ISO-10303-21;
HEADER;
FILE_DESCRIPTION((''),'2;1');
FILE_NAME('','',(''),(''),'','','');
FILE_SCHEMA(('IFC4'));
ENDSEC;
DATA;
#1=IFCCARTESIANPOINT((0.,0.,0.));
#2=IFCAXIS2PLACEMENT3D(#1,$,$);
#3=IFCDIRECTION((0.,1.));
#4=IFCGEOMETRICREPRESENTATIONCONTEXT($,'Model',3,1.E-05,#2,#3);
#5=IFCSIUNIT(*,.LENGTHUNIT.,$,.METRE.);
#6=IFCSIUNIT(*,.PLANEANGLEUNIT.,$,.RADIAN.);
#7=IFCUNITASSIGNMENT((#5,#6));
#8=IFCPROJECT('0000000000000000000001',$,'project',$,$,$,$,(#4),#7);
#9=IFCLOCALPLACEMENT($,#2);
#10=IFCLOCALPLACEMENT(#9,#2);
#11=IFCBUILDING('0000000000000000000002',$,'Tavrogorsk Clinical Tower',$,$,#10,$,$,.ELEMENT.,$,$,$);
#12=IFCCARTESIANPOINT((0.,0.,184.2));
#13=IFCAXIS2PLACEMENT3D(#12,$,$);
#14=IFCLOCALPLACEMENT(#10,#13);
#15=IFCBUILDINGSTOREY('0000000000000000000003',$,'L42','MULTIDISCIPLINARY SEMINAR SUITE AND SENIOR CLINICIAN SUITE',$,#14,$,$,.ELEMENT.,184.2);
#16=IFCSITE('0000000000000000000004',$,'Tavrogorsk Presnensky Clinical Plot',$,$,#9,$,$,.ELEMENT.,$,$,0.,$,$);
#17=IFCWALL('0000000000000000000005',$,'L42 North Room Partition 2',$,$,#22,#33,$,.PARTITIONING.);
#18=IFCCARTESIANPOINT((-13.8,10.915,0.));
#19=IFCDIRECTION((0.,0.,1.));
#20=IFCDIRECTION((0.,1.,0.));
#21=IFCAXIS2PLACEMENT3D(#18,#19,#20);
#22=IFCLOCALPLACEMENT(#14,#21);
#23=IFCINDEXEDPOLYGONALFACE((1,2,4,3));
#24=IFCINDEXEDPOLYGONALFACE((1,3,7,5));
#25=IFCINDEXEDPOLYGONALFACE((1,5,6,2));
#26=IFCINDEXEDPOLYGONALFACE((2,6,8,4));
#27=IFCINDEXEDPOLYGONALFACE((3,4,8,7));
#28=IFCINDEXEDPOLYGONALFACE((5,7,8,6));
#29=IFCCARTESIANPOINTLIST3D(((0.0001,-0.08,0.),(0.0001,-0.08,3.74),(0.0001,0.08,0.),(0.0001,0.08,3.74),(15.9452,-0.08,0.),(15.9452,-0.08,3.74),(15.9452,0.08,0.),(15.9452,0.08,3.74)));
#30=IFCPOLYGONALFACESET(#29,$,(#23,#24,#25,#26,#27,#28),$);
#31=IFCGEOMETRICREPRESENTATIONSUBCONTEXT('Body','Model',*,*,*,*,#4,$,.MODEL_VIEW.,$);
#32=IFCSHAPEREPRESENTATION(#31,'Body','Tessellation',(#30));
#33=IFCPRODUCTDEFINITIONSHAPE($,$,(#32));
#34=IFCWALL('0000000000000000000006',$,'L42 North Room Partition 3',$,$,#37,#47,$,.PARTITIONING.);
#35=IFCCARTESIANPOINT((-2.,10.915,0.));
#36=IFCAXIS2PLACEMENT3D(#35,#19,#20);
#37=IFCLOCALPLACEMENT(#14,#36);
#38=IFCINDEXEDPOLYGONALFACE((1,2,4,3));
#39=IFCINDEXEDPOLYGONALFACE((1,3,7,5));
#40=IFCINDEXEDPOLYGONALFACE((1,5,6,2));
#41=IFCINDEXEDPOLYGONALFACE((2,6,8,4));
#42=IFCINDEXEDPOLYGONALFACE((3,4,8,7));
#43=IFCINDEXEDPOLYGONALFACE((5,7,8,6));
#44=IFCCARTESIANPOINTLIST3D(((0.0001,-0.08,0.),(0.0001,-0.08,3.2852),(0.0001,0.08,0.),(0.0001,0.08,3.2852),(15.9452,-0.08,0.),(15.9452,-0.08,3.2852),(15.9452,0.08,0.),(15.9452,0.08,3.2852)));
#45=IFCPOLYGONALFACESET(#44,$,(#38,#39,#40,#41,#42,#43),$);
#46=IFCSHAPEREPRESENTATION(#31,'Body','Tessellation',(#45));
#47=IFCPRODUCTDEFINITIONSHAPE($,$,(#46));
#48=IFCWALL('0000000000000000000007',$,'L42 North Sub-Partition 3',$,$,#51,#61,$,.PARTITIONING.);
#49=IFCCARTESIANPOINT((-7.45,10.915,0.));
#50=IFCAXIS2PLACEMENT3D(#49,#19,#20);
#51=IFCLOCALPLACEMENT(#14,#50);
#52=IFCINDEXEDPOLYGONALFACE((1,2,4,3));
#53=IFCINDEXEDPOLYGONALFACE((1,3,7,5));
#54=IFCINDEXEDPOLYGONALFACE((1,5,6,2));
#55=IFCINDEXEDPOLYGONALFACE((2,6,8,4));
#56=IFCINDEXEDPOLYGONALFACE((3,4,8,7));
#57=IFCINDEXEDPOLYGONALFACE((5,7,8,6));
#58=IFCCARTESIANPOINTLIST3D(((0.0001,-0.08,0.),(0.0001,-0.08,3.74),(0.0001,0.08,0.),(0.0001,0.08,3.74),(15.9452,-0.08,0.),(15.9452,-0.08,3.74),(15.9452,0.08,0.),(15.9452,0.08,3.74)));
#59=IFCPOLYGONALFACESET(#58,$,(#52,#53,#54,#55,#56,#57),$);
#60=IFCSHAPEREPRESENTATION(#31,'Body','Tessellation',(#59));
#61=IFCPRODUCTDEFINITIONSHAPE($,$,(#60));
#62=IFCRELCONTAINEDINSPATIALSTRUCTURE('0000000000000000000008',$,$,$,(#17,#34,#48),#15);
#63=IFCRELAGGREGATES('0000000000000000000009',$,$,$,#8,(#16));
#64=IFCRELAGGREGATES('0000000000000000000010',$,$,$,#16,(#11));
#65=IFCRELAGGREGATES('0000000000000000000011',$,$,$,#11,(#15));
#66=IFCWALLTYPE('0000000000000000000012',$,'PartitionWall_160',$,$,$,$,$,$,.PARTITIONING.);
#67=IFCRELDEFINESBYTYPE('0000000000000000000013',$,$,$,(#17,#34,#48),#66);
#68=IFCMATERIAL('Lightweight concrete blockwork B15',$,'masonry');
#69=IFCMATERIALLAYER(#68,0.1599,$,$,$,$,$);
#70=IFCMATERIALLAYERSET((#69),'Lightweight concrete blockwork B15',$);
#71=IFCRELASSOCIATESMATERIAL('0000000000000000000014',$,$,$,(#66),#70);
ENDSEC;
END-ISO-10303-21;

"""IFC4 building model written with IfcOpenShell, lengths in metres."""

from ifc_helpers import new_model, si_unit, direction, frame, frame_2d, origin, place, context, subcontext, project, spatial, rectangle, extrude, material, layer, layer_set, type_object, element, save


model = new_model("IFC4")

# Units and contexts
model_context = context("Model", 3, precision=1e-05, world=origin(), true_north=direction((0.0, 1.0)))
body_context = subcontext(model_context, "Body", "Model", "MODEL_VIEW")
ifc_project = project(units=[si_unit("LENGTHUNIT", "METRE"), si_unit("PLANEANGLEUNIT", "RADIAN")], contexts=[model_context])

# Site, building, storey
site_placement = place(None, origin())
site = spatial("IfcSite", under=ifc_project, at=site_placement, Name="Tavrogorsk Presnensky Clinical Plot", CompositionType="ELEMENT", RefElevation=0.0)
building_placement = place(site_placement, origin())
building = spatial("IfcBuilding", under=site, at=building_placement, Name="Tavrogorsk Clinical Tower", CompositionType="ELEMENT")
storey_placement = place(building_placement, frame((0.0, 0.0, 184.2)))
storey = spatial("IfcBuildingStorey", under=building, at=storey_placement, Name="L42", Description="MULTIDISCIPLINARY SEMINAR SUITE AND SENIOR CLINICIAN SUITE", CompositionType="ELEMENT", Elevation=184.2)

# Walls
ifc_material_1 = material(Name="Lightweight concrete blockwork B15", Category="masonry")
ifc_layer_1 = layer(ifc_material_1, 0.1599)
ifc_layer_set_1 = layer_set([ifc_layer_1], Name="Lightweight concrete blockwork B15")
wall_type_1 = type_object("IfcWallType", Name="PartitionWall_160", PredefinedType="PARTITIONING", material=ifc_layer_set_1)
wall_1_placement = place(storey_placement, frame((-13.8, 10.915, 0.0), z_axis=(0.0, 0.0, 1.0), x_axis=(0.0, 1.0, 0.0)))
element("IfcWall", 1, at=wall_1_placement, inside=storey, type_object=wall_type_1, Name="L42 North Room Partition 2", PredefinedType="PARTITIONING", context=body_context, shape_type="SweptSolid", body=[
    extrude(rectangle(XDim=15.9451, YDim=0.1599, at=frame_2d((7.9727, 0.0))), origin(), (0.0, 0.0, 1.0), 3.74),
])
wall_2_placement = place(storey_placement, frame((-2.0, 10.915, 0.0), z_axis=(0.0, 0.0, 1.0), x_axis=(0.0, 1.0, 0.0)))
element("IfcWall", 2, at=wall_2_placement, inside=storey, type_object=wall_type_1, Name="L42 North Room Partition 3", PredefinedType="PARTITIONING", context=body_context, shape_type="SweptSolid", body=[
    extrude(rectangle(XDim=15.9451, YDim=0.1599, at=frame_2d((7.9727, 0.0))), origin(), (0.0, 0.0, 1.0), 3.2852),
])
wall_3_placement = place(storey_placement, frame((-7.45, 10.915, 0.0), z_axis=(0.0, 0.0, 1.0), x_axis=(0.0, 1.0, 0.0)))
element("IfcWall", 3, at=wall_3_placement, inside=storey, type_object=wall_type_1, Name="L42 North Sub-Partition 3", PredefinedType="PARTITIONING", context=body_context, shape_type="SweptSolid", body=[
    extrude(rectangle(XDim=15.9451, YDim=0.1599, at=frame_2d((7.9727, 0.0))), origin(), (0.0, 0.0, 1.0), 3.74),
])

save(model, "model.ifc")
